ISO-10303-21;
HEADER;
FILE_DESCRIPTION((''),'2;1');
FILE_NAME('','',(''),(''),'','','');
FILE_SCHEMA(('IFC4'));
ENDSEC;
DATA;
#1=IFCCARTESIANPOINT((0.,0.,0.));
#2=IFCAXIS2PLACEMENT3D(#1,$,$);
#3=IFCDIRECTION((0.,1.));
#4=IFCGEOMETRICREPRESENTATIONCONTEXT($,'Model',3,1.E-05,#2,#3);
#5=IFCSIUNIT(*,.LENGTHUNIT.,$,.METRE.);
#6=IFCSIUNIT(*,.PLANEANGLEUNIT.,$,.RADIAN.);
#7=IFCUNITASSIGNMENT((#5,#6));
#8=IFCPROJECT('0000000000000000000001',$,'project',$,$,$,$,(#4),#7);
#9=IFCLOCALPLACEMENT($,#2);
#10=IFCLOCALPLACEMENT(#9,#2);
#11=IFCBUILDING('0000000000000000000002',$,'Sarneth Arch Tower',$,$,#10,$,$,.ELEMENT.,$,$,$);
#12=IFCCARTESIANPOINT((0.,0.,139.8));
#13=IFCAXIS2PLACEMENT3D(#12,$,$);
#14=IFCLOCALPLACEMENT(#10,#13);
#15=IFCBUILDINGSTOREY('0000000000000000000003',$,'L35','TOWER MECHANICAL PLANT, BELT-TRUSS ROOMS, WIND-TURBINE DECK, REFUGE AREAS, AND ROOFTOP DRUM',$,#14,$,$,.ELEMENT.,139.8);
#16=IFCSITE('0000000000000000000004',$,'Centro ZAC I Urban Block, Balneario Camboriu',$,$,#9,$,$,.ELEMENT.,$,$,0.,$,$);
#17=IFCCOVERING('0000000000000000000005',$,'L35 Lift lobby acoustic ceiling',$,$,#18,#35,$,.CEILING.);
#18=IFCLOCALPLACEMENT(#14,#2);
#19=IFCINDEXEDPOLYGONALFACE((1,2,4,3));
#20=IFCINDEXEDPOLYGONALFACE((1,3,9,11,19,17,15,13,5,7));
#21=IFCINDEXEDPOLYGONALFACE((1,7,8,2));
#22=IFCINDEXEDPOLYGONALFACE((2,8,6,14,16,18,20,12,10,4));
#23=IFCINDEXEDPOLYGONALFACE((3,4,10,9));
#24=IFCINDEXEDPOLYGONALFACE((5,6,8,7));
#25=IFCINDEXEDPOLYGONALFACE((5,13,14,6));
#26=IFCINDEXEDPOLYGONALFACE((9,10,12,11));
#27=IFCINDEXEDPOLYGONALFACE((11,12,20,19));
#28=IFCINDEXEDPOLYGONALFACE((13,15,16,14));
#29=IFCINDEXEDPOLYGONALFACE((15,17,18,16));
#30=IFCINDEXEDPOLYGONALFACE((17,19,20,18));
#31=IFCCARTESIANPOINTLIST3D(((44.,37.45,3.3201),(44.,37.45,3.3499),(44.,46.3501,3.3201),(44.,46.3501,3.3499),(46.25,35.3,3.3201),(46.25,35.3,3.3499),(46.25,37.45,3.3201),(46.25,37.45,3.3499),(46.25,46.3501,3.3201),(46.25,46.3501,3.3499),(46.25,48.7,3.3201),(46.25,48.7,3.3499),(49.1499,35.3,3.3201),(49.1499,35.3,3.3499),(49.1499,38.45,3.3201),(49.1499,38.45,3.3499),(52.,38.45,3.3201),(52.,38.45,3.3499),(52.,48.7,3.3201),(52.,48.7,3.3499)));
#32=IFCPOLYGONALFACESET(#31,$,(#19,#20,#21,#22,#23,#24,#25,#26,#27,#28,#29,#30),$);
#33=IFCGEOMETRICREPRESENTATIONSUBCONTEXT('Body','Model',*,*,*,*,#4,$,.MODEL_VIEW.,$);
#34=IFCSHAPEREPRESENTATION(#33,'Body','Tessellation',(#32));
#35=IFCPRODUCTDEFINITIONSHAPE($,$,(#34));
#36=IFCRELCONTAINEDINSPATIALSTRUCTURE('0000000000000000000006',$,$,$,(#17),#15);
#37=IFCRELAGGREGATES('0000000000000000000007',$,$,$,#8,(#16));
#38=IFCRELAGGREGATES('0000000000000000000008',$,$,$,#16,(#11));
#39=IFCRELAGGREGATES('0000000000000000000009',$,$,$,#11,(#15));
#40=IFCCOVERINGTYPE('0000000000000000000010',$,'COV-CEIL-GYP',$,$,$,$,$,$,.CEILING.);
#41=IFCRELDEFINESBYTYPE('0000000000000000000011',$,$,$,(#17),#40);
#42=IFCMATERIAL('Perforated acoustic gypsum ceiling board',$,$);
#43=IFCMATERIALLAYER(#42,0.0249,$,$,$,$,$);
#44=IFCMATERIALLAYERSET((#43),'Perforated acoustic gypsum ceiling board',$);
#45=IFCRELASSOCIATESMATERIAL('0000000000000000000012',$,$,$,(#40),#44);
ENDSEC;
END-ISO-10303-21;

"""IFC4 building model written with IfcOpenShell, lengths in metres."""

from ifc_helpers import new_model, si_unit, direction, frame, origin, place, context, subcontext, project, spatial, polyline, outline, extrude, material, layer, layer_set, type_object, element, save


model = new_model("IFC4")

# Units and contexts
model_context = context("Model", 3, precision=1e-05, world=origin(), true_north=direction((0.0, 1.0)))
body_context = subcontext(model_context, "Body", "Model", "MODEL_VIEW")
ifc_project = project(units=[si_unit("LENGTHUNIT", "METRE"), si_unit("PLANEANGLEUNIT", "RADIAN")], contexts=[model_context])

# Site, building, storey
site_placement = place(None, origin())
site = spatial("IfcSite", under=ifc_project, at=site_placement, Name="Centro ZAC I Urban Block, Balneario Camboriu", CompositionType="ELEMENT", RefElevation=0.0)
building_placement = place(site_placement, origin())
building = spatial("IfcBuilding", under=site, at=building_placement, Name="Sarneth Arch Tower", CompositionType="ELEMENT")
storey_placement = place(building_placement, frame((0.0, 0.0, 139.8)))
storey = spatial("IfcBuildingStorey", under=building, at=storey_placement, Name="L35", Description="TOWER MECHANICAL PLANT, BELT-TRUSS ROOMS, WIND-TURBINE DECK, REFUGE AREAS, AND ROOFTOP DRUM", CompositionType="ELEMENT", Elevation=139.8)

# Covering
ifc_material_1 = material(Name="Perforated acoustic gypsum ceiling board")
ifc_layer_1 = layer(ifc_material_1, 0.0249)
ifc_layer_set_1 = layer_set([ifc_layer_1], Name="Perforated acoustic gypsum ceiling board")
covering_type = type_object("IfcCoveringType", Name="COV-CEIL-GYP", PredefinedType="CEILING", material=ifc_layer_set_1)
covering_placement = place(storey_placement, frame((0.0, 0.0, 3.3201)))
element("IfcCovering", 1, at=covering_placement, inside=storey, type_object=covering_type, Name="L35 Lift lobby acoustic ceiling", PredefinedType="CEILING", context=body_context, shape_type="SweptSolid", body=[
    extrude(outline(polyline([(49.1499, 38.45), (49.1499, 35.3), (46.25, 35.3), (46.25, 37.45), (44.0, 37.45), (44.0, 46.3501), (46.25, 46.3501), (46.25, 48.7), (52.0, 48.7), (52.0, 38.45), (49.1499, 38.45)])), origin(), (0.0, 0.0, 1.0), 0.0298),
])

save(model, "model.ifc")
